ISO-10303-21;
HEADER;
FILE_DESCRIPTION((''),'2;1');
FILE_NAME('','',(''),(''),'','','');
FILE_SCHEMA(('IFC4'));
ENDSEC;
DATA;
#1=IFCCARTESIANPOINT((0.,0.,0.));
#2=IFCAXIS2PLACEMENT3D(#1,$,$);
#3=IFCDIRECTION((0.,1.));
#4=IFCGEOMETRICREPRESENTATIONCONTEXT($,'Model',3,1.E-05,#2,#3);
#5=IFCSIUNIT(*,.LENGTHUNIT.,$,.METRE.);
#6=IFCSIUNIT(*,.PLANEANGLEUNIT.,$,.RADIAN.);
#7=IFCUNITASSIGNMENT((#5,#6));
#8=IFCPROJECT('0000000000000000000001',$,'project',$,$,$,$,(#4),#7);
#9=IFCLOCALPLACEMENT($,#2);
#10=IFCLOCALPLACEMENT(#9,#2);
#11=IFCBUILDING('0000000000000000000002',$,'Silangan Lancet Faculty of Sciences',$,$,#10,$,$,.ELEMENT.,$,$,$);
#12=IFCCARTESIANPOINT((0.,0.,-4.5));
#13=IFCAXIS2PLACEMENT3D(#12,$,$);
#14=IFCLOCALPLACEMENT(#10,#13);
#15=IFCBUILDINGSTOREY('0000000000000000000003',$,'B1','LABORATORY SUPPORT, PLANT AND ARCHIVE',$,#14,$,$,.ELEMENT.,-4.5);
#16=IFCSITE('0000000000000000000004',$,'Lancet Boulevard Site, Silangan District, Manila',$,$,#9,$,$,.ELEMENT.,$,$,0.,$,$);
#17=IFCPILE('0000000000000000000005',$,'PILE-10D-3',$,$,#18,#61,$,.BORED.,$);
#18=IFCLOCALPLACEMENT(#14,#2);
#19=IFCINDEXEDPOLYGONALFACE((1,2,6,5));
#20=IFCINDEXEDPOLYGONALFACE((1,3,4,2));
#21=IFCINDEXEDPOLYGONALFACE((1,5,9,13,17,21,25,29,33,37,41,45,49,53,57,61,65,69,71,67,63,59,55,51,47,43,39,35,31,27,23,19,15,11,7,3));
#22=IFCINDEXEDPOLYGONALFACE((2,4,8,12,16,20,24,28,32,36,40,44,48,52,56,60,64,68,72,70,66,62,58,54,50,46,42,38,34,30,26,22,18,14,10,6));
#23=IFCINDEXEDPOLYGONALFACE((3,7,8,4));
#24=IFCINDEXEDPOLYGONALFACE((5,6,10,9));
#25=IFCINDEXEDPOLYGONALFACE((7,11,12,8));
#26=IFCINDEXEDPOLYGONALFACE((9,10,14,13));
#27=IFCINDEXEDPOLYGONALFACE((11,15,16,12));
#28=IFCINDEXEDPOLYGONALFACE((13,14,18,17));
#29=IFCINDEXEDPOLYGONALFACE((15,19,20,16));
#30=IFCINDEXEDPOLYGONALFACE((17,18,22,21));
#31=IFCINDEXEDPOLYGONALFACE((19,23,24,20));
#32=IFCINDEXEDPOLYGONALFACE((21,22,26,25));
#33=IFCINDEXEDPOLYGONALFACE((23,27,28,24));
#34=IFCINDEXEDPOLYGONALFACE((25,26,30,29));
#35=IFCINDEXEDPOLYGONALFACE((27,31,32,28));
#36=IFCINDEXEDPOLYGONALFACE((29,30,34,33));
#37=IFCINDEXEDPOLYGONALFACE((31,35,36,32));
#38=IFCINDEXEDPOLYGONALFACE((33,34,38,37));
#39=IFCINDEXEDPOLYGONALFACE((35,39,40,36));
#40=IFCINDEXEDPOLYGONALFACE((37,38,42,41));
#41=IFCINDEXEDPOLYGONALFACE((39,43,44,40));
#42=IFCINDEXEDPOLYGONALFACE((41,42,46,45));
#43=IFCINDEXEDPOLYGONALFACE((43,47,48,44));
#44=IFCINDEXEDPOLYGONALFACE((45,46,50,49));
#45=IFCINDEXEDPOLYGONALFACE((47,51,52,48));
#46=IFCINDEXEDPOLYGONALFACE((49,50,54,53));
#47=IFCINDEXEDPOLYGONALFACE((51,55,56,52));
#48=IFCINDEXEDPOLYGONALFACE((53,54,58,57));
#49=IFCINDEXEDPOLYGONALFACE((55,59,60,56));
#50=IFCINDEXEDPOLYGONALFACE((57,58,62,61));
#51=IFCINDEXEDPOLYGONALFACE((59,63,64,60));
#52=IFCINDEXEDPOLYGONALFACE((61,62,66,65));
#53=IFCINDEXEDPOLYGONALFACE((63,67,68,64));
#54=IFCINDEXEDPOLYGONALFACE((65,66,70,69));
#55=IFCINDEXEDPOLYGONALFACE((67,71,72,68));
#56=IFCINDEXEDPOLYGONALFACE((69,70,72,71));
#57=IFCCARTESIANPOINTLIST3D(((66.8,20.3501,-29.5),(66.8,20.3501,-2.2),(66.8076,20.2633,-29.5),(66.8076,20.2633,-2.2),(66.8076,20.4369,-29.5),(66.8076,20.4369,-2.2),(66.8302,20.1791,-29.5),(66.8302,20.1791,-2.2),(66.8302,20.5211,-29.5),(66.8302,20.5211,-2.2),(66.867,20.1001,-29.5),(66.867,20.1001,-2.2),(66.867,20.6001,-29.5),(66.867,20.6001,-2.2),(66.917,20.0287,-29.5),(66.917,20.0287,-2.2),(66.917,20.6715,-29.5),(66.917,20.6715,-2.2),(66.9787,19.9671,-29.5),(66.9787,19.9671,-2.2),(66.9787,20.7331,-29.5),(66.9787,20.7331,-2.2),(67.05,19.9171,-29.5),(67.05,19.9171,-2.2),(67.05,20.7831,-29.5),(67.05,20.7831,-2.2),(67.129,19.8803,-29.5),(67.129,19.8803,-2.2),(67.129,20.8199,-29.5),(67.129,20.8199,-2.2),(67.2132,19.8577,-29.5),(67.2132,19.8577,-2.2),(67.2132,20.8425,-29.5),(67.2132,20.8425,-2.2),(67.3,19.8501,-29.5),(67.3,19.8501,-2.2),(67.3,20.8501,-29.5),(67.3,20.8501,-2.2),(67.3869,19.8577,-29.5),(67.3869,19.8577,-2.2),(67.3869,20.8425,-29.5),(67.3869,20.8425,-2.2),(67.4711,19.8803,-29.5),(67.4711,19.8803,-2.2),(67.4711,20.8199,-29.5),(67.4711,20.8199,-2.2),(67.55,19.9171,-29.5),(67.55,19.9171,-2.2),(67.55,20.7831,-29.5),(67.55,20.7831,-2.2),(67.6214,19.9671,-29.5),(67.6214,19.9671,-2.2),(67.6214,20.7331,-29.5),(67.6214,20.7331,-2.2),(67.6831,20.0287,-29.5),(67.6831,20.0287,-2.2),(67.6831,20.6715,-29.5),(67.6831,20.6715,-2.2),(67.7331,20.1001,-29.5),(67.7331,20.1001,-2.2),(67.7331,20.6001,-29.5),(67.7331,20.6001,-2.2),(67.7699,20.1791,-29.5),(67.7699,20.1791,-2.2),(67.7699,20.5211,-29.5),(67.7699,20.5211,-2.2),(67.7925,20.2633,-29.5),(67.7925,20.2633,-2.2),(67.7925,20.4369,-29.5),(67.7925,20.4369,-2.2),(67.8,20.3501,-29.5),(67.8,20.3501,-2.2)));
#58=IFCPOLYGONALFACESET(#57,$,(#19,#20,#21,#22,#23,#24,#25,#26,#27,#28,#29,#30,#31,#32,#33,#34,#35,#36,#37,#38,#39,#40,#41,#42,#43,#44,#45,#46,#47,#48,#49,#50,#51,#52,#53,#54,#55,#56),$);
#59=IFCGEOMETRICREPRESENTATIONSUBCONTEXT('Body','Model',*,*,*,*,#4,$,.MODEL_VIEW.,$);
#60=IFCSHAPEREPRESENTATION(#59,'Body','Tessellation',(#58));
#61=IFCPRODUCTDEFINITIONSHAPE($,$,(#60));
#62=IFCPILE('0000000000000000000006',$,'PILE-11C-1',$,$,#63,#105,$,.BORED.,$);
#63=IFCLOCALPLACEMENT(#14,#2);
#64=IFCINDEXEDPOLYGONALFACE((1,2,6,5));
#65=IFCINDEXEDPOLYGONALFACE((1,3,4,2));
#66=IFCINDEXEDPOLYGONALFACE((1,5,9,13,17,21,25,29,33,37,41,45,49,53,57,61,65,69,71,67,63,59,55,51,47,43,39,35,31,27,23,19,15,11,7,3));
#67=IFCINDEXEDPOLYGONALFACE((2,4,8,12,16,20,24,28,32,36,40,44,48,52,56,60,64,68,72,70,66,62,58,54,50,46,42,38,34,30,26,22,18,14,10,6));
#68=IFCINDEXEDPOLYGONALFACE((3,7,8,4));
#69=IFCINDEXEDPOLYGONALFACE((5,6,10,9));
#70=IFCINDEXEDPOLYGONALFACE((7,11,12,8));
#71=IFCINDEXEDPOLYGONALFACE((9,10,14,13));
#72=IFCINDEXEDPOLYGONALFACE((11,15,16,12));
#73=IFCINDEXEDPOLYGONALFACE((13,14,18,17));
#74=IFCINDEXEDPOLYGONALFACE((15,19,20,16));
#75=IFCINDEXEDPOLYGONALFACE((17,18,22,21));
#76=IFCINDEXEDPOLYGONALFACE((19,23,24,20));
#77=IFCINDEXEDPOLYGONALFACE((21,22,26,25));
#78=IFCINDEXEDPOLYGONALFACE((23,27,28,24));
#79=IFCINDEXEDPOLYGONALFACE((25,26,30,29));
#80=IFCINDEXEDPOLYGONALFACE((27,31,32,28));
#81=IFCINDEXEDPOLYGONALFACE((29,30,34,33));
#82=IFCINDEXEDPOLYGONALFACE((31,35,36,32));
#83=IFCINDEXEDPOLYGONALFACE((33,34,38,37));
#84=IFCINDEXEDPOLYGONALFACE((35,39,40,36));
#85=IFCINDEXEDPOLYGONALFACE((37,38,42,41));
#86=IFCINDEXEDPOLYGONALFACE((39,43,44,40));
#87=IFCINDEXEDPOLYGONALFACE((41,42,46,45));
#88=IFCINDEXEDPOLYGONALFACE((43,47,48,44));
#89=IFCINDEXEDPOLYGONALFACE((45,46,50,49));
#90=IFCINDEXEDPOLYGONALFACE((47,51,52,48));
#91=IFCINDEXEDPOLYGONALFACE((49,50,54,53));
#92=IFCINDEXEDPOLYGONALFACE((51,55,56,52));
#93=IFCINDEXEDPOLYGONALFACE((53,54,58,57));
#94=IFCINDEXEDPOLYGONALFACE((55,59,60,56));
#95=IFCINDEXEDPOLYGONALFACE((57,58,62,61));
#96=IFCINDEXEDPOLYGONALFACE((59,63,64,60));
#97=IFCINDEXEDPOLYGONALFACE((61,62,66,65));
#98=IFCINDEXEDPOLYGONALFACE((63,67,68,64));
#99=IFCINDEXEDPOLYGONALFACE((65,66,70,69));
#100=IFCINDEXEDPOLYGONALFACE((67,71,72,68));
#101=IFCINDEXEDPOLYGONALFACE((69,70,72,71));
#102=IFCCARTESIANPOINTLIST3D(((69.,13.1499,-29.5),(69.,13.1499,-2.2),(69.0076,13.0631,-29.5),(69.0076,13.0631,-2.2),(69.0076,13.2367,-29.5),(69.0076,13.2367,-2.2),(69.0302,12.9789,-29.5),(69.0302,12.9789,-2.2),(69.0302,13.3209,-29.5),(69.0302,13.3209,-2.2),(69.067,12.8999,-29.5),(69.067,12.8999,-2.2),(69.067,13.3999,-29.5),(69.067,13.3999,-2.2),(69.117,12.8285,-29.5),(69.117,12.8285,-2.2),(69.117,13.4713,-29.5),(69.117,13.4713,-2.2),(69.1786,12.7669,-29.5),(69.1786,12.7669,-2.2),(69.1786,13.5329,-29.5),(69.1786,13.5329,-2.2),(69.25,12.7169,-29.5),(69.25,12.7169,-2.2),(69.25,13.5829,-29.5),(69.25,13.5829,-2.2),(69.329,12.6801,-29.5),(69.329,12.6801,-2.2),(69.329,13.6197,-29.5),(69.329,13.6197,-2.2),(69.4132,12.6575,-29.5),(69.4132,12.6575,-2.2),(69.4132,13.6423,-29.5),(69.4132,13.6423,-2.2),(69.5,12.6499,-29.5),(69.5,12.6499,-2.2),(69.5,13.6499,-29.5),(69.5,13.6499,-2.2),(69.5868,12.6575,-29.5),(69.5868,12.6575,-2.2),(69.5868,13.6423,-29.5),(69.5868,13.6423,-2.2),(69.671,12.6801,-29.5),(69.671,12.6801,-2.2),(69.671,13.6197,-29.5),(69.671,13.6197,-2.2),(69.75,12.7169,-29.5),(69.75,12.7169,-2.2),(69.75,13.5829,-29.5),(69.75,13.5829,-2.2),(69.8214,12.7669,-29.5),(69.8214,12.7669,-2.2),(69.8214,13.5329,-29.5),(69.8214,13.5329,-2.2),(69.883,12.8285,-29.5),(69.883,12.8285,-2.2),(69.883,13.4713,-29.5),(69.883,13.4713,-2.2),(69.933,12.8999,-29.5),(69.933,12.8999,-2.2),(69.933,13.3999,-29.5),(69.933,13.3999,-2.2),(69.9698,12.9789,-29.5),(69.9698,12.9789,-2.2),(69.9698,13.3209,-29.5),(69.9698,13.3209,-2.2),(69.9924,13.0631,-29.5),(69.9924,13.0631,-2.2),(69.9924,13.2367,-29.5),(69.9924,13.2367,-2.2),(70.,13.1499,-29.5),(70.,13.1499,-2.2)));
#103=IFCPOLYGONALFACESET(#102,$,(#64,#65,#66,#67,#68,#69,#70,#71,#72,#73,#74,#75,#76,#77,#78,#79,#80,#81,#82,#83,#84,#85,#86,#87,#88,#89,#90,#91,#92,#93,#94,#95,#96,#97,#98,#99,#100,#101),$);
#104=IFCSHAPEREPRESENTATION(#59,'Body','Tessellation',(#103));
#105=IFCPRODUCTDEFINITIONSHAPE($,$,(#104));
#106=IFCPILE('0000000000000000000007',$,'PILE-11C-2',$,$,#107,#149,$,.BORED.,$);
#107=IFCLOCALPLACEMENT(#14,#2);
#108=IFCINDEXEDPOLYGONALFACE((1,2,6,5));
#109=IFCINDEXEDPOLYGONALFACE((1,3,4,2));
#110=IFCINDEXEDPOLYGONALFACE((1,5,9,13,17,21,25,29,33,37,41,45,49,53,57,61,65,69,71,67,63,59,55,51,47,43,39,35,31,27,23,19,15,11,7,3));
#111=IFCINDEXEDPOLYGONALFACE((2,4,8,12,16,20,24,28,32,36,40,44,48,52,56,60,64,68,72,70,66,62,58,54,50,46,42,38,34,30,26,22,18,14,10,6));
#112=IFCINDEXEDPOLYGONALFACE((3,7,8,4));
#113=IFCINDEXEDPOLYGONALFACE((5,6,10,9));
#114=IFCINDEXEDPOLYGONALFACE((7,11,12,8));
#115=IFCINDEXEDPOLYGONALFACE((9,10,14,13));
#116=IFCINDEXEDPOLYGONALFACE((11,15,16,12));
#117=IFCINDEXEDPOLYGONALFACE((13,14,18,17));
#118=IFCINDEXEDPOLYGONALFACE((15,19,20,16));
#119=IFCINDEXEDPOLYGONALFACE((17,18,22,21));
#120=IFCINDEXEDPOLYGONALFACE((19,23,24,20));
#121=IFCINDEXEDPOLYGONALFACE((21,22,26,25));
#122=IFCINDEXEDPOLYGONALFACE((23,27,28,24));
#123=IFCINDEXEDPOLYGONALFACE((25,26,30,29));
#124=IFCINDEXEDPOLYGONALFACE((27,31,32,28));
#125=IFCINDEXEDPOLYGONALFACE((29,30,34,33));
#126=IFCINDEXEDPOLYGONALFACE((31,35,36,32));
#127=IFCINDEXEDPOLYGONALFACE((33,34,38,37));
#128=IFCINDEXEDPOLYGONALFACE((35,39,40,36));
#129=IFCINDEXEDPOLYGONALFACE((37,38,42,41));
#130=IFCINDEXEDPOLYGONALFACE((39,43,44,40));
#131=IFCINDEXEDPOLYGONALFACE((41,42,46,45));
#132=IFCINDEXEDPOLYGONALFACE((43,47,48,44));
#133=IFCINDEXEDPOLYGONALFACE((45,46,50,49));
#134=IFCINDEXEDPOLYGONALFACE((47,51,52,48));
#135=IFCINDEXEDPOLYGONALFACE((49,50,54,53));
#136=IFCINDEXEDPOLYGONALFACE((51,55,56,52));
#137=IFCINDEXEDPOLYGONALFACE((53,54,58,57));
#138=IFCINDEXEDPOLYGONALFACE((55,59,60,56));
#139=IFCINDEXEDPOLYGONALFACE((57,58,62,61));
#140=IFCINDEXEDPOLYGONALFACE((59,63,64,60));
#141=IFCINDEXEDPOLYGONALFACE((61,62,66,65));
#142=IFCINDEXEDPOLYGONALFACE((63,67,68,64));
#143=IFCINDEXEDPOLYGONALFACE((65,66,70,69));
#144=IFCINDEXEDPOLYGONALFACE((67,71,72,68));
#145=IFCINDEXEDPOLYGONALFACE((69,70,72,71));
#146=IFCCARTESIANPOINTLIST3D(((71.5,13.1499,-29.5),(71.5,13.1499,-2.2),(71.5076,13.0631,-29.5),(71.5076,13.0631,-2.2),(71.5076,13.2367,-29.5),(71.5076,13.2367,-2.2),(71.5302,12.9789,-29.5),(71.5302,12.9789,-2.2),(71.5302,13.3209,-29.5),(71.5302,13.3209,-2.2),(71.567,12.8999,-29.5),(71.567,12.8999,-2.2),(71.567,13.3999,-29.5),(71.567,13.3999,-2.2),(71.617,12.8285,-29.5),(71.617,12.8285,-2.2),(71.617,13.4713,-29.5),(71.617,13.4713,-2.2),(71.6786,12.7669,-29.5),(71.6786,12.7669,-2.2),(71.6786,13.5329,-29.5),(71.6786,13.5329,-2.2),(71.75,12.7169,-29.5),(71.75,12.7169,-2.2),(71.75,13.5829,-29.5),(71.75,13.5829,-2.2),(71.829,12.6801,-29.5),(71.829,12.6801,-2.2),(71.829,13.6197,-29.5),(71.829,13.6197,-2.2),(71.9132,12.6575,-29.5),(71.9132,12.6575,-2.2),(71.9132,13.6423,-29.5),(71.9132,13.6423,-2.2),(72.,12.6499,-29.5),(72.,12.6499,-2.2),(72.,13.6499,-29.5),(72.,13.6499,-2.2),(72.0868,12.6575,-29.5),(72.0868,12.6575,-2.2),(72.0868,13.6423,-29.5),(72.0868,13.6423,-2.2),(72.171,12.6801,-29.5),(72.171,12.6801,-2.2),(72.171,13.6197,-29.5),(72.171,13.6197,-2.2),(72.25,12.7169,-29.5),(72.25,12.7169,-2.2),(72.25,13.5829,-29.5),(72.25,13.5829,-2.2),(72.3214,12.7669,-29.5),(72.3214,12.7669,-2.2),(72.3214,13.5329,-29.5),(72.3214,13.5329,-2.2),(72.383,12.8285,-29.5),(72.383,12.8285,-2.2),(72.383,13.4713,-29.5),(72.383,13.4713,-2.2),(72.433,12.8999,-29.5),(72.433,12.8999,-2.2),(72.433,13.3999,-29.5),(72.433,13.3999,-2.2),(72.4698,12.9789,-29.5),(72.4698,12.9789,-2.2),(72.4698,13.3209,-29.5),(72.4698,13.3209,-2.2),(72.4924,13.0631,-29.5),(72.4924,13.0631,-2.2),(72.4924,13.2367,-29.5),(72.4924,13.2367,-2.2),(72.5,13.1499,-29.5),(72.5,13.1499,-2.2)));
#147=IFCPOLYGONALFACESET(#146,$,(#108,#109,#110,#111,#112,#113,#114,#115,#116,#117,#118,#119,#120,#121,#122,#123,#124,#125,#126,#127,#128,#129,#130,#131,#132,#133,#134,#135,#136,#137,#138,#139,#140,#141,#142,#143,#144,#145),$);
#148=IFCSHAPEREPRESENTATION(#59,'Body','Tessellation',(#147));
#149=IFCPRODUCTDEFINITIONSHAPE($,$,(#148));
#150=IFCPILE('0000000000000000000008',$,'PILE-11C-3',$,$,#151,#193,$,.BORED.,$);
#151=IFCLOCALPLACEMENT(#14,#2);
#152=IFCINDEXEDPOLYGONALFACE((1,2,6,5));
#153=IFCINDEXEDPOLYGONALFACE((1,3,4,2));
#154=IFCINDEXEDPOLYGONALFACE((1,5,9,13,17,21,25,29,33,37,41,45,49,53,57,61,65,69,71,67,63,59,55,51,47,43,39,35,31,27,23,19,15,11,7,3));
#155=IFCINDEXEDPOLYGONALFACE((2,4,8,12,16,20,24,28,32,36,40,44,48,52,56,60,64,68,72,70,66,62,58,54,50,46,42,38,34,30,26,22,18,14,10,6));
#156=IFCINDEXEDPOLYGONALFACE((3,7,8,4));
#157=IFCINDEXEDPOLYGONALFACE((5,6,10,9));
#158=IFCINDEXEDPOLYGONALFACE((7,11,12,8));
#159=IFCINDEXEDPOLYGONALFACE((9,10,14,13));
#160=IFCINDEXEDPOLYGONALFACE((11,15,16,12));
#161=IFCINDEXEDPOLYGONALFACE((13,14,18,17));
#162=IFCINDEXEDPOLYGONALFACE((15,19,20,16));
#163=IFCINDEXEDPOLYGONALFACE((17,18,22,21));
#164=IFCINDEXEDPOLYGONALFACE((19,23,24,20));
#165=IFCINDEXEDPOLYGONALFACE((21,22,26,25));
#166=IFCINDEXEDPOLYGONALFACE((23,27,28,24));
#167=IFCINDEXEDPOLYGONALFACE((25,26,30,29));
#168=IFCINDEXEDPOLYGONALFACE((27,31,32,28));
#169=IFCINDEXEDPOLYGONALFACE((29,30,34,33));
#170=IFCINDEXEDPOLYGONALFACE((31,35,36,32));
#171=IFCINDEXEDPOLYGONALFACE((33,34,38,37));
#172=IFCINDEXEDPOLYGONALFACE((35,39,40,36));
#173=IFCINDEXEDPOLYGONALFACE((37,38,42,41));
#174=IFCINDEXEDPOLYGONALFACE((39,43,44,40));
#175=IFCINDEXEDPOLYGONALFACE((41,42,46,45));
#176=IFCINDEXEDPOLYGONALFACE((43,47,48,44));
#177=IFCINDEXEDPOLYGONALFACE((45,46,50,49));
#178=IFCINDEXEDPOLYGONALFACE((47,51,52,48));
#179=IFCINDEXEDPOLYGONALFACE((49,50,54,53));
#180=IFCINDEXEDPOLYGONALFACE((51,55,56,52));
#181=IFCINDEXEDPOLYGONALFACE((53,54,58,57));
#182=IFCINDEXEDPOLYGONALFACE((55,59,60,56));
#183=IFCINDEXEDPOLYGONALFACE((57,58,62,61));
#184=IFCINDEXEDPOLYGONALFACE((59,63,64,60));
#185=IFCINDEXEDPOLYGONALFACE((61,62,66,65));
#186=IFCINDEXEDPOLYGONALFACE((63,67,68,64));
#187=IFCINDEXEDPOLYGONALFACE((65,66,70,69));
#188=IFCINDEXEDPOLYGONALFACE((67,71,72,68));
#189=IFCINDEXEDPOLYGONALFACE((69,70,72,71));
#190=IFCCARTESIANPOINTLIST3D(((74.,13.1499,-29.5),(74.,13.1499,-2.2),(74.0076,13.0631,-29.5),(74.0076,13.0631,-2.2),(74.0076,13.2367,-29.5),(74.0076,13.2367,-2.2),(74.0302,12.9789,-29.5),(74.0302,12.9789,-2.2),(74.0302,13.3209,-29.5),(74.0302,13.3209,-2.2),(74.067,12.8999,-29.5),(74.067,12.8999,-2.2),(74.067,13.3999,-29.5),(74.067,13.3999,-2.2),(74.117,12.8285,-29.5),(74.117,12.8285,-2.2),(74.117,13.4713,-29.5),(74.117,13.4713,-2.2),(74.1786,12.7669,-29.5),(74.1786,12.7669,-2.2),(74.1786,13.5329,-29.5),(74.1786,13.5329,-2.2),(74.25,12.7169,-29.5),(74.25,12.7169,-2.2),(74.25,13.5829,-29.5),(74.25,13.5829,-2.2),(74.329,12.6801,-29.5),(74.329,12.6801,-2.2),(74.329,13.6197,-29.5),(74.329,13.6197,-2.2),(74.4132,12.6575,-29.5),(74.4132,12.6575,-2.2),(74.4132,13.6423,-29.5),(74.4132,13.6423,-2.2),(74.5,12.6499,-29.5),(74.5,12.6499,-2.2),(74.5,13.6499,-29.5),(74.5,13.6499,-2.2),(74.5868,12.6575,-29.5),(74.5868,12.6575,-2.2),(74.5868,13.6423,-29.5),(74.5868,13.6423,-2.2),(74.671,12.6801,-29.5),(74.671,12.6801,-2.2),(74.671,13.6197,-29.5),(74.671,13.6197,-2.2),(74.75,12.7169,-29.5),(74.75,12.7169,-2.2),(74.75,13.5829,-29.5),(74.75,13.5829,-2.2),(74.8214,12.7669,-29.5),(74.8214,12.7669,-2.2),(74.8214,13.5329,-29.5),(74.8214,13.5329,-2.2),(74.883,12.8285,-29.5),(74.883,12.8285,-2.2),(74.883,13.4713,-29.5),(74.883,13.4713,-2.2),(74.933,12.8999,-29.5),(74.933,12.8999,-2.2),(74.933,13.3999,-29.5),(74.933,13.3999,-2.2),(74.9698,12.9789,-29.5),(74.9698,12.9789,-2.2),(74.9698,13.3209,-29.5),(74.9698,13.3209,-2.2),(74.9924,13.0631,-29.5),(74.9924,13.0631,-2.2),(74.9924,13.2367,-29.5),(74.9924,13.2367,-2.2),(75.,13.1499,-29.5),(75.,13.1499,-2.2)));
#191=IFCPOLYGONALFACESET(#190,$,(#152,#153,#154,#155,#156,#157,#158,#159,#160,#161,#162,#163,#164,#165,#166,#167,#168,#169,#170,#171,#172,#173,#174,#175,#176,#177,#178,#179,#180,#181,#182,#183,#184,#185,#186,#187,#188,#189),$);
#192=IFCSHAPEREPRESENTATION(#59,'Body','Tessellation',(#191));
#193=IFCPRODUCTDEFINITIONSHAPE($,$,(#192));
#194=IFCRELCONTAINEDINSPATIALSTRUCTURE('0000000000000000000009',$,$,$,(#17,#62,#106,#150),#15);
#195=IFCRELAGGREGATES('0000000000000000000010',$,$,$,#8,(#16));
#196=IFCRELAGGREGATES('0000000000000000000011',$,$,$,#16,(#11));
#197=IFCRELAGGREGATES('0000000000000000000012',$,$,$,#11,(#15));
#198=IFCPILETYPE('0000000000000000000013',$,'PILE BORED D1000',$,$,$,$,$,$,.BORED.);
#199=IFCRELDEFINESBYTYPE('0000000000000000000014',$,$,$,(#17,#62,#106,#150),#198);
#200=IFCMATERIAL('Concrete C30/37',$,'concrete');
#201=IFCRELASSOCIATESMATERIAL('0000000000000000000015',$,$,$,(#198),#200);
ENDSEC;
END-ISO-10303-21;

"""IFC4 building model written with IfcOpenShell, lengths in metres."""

from ifc_helpers import new_model, si_unit, direction, frame, origin, origin_2d, place, context, subcontext, project, spatial, circle, extrude, material, material_profile, profile_set, type_object, element, save


model = new_model("IFC4")

# Units and contexts
model_context = context("Model", 3, precision=1e-05, world=origin(), true_north=direction((0.0, 1.0)))
body_context = subcontext(model_context, "Body", "Model", "MODEL_VIEW")
ifc_project = project(units=[si_unit("LENGTHUNIT", "METRE"), si_unit("PLANEANGLEUNIT", "RADIAN")], contexts=[model_context])

# Site, building, storey
site_placement = place(None, origin())
site = spatial("IfcSite", under=ifc_project, at=site_placement, Name="Lancet Boulevard Site, Silangan District, Manila", CompositionType="ELEMENT", RefElevation=0.0)
building_placement = place(site_placement, origin())
building = spatial("IfcBuilding", under=site, at=building_placement, Name="Silangan Lancet Faculty of Sciences", CompositionType="ELEMENT")
storey_placement = place(building_placement, frame((0.0, 0.0, -4.5)))
storey = spatial("IfcBuildingStorey", under=building, at=storey_placement, Name="B1", Description="LABORATORY SUPPORT, PLANT AND ARCHIVE", CompositionType="ELEMENT", Elevation=-4.5)

# Piles
ifc_material_1 = material(Name="Concrete C30/37", Category="concrete")
ifc_material_profile_1 = material_profile(ifc_material_1, circle(Radius=0.5, at=origin_2d()), Name="BORED PILE D1000")
ifc_profile_set_1 = profile_set([ifc_material_profile_1], Name="Concrete C30/37")
pile_type = type_object("IfcPileType", Name="PILE BORED D1000", PredefinedType="BORED", material=ifc_profile_set_1)
for number, where, z_axis, x_axis, name in (
    (1, (67.3, 20.3501, -2.2), (0.0, 0.0, -1.0), (1.0, 0.0, 0.0), "PILE-10D-3"),
    (2, (69.5, 13.1499, -2.2), (0.0, 0.0, -1.0), (1.0, 0.0, 0.0), "PILE-11C-1"),
    (3, (72.0, 13.1499, -2.2), (0.0, 0.0, -1.0), (1.0, 0.0, 0.0), "PILE-11C-2"),
    (4, (74.5, 13.1499, -2.2), (0.0, 0.0, -1.0), (1.0, 0.0, 0.0), "PILE-11C-3"),
):
    element("IfcPile", number, at=place(storey_placement, frame(where, z_axis=z_axis, x_axis=x_axis)), inside=storey, type_object=pile_type, Name=name, PredefinedType="BORED", context=body_context, shape_type="SweptSolid", body=[
        extrude(circle(Radius=0.5, at=origin_2d()), origin(), (0.0, 0.0, 1.0), 27.3),
    ])

save(model, "model.ifc")
